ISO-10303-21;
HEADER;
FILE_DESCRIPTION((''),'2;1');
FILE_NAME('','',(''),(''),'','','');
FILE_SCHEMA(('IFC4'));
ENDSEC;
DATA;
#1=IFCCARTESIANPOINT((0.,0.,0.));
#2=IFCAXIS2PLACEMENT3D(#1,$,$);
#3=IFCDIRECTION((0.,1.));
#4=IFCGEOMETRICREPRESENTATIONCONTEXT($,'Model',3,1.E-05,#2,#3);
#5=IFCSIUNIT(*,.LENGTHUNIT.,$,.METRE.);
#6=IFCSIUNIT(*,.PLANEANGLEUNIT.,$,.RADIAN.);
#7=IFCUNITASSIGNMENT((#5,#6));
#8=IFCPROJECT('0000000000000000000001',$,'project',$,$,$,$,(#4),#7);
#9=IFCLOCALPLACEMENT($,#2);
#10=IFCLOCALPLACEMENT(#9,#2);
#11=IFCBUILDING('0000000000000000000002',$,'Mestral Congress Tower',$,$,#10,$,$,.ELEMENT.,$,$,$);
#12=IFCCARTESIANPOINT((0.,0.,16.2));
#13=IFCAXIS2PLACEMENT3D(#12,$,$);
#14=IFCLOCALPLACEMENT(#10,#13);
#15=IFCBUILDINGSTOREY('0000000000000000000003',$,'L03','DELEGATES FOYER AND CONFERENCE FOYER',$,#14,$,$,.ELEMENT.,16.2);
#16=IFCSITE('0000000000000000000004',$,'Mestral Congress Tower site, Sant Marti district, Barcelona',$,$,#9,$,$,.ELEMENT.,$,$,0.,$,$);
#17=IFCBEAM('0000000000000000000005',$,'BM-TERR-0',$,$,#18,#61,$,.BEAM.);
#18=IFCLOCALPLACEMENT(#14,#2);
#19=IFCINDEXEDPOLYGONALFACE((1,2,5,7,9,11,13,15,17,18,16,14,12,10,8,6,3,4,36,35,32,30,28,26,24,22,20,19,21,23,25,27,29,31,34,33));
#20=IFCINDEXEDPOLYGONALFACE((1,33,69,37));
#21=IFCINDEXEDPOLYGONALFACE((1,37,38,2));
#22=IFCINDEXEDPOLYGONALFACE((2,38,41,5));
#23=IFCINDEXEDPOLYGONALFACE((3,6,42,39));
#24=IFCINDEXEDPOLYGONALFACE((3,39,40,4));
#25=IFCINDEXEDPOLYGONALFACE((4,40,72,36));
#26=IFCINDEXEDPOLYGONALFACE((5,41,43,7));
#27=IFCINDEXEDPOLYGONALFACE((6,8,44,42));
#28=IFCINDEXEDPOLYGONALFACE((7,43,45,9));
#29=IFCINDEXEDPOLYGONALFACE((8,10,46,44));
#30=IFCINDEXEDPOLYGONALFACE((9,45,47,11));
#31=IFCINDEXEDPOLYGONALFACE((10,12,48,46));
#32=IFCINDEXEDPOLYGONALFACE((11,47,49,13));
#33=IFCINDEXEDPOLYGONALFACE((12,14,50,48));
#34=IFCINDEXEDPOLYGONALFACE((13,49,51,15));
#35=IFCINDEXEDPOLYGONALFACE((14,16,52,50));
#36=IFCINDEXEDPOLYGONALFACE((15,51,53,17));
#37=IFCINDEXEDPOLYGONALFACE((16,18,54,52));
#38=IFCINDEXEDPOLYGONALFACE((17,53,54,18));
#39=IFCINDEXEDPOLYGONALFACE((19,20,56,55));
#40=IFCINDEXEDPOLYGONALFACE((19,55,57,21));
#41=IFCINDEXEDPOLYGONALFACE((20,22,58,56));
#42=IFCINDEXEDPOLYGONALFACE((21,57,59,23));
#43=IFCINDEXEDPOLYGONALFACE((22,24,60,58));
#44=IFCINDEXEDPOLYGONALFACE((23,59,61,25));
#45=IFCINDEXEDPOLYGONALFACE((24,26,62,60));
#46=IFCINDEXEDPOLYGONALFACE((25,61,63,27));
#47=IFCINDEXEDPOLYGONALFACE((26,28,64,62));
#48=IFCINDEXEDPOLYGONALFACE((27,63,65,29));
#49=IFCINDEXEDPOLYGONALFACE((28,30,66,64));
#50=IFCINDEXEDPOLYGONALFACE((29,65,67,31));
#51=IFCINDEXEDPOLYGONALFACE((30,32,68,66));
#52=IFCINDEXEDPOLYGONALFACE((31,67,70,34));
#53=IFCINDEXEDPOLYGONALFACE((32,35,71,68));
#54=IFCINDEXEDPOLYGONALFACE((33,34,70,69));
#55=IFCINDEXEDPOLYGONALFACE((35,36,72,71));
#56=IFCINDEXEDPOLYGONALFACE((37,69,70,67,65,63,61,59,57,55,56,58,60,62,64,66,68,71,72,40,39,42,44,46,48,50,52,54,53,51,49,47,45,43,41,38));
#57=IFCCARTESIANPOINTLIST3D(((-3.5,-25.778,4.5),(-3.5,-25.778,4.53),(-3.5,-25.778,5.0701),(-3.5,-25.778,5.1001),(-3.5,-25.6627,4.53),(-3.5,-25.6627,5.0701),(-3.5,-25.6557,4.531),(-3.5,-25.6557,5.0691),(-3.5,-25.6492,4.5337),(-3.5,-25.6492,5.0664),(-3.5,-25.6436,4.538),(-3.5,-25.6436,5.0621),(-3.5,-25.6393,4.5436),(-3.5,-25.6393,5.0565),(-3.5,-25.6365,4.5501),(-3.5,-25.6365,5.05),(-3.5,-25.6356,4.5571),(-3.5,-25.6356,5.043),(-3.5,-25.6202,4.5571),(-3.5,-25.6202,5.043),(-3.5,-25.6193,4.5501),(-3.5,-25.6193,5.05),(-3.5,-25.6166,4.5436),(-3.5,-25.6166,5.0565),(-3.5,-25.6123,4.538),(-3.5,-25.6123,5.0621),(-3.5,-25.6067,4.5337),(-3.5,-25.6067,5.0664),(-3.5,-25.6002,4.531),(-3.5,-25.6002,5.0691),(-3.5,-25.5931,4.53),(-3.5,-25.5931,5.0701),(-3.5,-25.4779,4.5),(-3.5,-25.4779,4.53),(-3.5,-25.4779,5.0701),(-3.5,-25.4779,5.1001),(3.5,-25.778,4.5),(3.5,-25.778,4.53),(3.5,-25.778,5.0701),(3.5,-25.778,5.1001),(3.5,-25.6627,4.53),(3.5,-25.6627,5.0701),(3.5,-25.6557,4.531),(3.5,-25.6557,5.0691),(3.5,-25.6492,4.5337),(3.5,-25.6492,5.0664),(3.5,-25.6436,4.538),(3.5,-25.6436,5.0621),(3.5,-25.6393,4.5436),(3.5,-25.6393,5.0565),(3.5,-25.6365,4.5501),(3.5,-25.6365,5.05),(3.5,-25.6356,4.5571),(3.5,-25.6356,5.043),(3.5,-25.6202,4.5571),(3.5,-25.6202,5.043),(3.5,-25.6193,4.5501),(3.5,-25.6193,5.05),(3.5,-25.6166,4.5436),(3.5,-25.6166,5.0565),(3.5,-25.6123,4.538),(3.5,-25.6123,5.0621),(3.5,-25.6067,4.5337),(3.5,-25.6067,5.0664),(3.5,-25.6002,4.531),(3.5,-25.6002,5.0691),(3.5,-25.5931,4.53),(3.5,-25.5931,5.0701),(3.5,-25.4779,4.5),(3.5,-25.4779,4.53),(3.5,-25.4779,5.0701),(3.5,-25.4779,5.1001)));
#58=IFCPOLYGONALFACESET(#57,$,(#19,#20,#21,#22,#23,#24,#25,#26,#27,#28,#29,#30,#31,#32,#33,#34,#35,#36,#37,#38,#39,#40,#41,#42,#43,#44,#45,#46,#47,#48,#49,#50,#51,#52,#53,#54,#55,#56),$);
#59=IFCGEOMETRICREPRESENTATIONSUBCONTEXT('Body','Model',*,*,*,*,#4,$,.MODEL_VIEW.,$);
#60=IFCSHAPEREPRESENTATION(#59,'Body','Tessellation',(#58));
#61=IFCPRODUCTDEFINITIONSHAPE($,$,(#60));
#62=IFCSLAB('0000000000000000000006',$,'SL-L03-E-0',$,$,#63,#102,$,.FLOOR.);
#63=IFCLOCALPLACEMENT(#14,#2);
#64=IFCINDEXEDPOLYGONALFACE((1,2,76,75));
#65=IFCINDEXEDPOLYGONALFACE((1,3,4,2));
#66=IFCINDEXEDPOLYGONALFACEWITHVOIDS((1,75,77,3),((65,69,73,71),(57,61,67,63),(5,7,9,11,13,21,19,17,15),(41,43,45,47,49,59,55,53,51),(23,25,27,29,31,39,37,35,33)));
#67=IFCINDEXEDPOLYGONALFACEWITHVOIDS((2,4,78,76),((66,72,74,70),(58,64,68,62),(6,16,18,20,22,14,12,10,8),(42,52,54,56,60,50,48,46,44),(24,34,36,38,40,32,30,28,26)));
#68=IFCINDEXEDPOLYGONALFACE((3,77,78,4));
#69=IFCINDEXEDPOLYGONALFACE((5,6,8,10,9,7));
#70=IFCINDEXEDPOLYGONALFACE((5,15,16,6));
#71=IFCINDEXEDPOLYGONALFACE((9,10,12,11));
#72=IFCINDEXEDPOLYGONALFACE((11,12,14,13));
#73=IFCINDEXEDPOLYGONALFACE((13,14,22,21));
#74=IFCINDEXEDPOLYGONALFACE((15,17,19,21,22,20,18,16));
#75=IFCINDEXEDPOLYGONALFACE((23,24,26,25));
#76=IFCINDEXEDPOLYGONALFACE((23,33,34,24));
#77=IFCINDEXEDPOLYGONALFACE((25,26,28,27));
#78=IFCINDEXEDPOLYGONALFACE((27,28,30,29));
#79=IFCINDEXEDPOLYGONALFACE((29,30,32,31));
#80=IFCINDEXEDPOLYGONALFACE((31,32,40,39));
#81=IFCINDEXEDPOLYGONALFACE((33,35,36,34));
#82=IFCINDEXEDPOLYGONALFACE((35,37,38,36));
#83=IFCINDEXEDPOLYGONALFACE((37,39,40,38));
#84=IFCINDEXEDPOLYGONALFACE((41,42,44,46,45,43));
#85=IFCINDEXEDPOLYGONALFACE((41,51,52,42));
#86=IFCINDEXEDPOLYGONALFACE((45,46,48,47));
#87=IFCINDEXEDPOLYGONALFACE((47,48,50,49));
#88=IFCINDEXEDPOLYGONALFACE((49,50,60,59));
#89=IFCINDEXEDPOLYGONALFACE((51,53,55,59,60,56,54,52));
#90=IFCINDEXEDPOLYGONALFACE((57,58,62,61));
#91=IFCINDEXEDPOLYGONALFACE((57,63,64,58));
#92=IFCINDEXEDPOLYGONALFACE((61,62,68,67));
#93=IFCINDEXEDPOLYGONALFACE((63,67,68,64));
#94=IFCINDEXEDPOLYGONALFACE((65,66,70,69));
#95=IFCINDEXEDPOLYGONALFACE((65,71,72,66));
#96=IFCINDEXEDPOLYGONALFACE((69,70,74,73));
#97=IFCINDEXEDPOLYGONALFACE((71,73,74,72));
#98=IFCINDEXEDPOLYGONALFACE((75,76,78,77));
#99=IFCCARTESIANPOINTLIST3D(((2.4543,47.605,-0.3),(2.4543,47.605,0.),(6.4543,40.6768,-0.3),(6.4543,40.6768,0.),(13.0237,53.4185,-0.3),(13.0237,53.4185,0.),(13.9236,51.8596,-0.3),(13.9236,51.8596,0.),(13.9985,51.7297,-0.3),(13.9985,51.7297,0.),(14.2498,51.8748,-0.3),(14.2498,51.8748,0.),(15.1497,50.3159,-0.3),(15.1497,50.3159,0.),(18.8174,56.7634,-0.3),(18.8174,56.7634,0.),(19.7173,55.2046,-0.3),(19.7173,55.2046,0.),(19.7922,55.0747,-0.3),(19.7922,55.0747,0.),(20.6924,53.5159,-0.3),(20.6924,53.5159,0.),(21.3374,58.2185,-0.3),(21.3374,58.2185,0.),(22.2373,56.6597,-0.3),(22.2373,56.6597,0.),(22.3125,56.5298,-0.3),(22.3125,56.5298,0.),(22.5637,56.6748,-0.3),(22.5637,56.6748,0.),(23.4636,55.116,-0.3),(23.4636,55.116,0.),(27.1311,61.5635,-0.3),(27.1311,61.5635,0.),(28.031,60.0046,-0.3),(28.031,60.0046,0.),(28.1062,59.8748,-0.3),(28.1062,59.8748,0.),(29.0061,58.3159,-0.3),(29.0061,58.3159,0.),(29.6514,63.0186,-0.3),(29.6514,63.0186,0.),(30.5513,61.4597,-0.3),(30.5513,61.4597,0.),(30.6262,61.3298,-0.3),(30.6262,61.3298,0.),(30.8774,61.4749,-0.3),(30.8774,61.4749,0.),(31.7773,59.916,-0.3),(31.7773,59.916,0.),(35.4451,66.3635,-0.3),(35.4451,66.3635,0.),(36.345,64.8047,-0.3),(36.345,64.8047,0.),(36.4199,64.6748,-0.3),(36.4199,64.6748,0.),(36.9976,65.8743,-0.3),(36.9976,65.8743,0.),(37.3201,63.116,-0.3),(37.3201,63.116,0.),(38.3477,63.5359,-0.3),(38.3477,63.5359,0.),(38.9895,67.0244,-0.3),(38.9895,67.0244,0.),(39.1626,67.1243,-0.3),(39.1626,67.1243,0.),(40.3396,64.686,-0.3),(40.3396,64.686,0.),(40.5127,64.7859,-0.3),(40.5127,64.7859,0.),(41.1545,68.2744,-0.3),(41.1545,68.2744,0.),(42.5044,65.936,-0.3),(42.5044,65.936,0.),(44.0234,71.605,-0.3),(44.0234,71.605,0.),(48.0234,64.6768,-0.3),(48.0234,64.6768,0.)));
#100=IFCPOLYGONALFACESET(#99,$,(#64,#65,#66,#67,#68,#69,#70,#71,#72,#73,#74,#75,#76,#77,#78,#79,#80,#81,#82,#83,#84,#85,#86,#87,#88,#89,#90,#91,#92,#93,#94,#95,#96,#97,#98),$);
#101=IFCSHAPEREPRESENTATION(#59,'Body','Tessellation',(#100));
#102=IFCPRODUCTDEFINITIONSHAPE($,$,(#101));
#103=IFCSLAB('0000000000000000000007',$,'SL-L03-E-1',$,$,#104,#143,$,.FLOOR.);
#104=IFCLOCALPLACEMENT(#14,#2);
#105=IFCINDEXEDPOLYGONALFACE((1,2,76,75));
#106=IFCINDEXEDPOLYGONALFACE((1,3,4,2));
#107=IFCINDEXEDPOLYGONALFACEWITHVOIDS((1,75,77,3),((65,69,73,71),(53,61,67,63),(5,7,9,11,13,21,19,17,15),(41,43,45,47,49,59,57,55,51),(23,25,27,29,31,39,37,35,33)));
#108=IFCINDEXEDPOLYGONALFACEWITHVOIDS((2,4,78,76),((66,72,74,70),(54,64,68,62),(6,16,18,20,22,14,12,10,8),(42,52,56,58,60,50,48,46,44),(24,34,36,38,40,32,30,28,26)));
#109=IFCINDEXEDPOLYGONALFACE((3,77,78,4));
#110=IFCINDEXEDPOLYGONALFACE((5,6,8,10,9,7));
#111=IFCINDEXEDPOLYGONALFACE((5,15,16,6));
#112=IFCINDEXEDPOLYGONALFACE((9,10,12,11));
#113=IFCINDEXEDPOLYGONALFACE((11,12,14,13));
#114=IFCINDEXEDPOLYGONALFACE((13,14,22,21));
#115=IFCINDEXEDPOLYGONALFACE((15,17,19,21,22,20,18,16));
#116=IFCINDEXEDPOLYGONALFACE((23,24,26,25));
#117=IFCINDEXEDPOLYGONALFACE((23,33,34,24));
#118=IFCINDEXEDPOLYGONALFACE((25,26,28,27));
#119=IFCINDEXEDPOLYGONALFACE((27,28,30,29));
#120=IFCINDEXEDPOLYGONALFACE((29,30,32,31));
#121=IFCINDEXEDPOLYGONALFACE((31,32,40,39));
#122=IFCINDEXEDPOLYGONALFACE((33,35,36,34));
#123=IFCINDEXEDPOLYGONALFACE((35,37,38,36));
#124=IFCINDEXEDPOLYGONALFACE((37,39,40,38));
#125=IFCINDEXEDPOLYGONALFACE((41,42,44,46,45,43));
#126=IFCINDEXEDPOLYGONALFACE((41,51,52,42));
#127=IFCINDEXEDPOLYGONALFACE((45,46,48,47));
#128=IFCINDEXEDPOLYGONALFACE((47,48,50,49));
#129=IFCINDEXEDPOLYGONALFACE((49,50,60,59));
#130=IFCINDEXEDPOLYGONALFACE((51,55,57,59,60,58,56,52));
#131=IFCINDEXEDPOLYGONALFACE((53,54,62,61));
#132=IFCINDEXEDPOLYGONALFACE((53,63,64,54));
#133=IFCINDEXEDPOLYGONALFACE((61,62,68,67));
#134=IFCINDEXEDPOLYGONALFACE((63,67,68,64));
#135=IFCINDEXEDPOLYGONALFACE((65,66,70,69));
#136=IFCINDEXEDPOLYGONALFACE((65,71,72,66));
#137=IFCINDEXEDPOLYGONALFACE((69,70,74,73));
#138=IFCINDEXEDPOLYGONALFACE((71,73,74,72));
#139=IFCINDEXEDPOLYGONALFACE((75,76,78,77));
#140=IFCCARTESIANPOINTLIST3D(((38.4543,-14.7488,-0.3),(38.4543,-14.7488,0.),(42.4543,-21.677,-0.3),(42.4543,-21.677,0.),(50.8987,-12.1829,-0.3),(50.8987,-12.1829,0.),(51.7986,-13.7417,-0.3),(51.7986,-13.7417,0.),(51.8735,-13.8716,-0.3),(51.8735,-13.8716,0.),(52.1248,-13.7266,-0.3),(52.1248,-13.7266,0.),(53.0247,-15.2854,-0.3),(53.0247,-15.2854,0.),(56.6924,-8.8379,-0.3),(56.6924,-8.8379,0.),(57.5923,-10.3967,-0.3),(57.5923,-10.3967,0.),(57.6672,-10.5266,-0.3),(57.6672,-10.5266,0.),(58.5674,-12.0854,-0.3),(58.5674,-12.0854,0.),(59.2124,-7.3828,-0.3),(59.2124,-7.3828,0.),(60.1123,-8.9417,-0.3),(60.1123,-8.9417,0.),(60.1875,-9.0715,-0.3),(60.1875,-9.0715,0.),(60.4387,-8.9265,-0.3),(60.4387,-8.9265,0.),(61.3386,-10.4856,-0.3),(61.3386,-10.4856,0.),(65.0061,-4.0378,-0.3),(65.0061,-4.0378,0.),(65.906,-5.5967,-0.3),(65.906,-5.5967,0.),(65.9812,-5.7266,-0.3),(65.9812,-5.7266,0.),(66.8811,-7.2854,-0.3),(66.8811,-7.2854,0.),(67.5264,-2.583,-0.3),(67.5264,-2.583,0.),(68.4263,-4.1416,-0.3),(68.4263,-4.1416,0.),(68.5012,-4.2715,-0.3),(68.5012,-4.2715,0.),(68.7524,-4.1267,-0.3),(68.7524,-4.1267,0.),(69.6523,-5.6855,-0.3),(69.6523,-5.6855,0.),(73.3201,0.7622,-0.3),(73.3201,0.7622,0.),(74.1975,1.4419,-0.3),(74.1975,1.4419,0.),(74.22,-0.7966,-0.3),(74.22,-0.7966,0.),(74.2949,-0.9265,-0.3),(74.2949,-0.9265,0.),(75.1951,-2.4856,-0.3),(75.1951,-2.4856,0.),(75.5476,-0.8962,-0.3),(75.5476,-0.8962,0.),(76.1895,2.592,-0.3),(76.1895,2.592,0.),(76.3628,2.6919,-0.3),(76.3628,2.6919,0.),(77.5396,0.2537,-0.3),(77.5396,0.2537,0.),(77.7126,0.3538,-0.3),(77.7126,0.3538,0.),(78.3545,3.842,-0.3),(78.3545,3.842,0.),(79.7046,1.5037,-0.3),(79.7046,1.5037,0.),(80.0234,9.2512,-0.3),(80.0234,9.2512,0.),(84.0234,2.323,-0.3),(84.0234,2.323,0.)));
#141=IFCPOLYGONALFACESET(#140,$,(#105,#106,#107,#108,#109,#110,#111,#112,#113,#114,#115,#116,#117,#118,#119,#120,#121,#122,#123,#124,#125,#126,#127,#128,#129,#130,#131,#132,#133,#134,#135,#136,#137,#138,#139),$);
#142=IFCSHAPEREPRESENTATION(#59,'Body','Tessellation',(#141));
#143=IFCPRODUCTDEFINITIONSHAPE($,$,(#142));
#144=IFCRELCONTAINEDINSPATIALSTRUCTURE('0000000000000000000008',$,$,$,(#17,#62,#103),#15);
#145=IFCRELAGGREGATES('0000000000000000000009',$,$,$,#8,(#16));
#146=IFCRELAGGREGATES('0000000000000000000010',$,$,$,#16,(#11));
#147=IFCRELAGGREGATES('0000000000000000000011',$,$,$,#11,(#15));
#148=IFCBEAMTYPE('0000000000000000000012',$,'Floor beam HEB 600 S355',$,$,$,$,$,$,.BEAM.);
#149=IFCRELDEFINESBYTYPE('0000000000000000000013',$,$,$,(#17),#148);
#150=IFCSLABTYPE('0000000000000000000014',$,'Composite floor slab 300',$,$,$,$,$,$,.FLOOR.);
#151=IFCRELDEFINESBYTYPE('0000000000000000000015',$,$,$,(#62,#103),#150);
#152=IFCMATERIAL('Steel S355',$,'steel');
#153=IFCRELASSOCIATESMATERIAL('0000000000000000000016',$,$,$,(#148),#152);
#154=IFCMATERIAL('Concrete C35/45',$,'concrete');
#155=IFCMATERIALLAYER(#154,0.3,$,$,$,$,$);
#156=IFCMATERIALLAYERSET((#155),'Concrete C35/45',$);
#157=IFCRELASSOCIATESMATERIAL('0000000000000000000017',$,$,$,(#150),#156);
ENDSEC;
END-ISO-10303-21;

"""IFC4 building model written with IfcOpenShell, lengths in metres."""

from ifc_helpers import new_model, si_unit, direction, frame, origin, origin_2d, place, context, subcontext, project, spatial, polyline, i_section, outline, extrude, material, layer, layer_set, material_profile, profile_set, type_object, element, save


model = new_model("IFC4")

# Units and contexts
model_context = context("Model", 3, precision=1e-05, world=origin(), true_north=direction((0.0, 1.0)))
body_context = subcontext(model_context, "Body", "Model", "MODEL_VIEW")
ifc_project = project(units=[si_unit("LENGTHUNIT", "METRE"), si_unit("PLANEANGLEUNIT", "RADIAN")], contexts=[model_context])

# Site, building, storey
site_placement = place(None, origin())
site = spatial("IfcSite", under=ifc_project, at=site_placement, Name="Mestral Congress Tower site, Sant Marti district, Barcelona", CompositionType="ELEMENT", RefElevation=0.0)
building_placement = place(site_placement, origin())
building = spatial("IfcBuilding", under=site, at=building_placement, Name="Mestral Congress Tower", CompositionType="ELEMENT")
storey_placement = place(building_placement, frame((0.0, 0.0, 16.2)))
storey = spatial("IfcBuildingStorey", under=building, at=storey_placement, Name="L03", Description="DELEGATES FOYER AND CONFERENCE FOYER", CompositionType="ELEMENT", Elevation=16.2)

# Beam
ifc_material_1 = material(Name="Steel S355", Category="steel")
ifc_material_profile = material_profile(ifc_material_1, i_section(OverallWidth=0.3, OverallDepth=0.6001, WebThickness=0.0154, FlangeThickness=0.03, FilletRadius=0.0271, at=origin_2d()), Name="HEB 600")
ifc_profile_set = profile_set([ifc_material_profile], Name="Steel S355")
beam_type = type_object("IfcBeamType", Name="Floor beam HEB 600 S355", PredefinedType="BEAM", material=ifc_profile_set)
beam_placement = place(storey_placement, frame((-3.5, -25.6279, 4.8), z_axis=(1.0, 0.0, 0.0), x_axis=(0.0, 1.0, 0.0)))
element("IfcBeam", 1, at=beam_placement, inside=storey, type_object=beam_type, Name="BM-TERR-0", PredefinedType="BEAM", context=body_context, shape_type="SweptSolid", body=[
    extrude(i_section(OverallWidth=0.3, OverallDepth=0.6001, WebThickness=0.0154, FlangeThickness=0.03, FilletRadius=0.0271, at=origin_2d()), origin(), (0.0, 0.0, 1.0), 7.0),
])

# Slabs
ifc_material_2 = material(Name="Concrete C35/45", Category="concrete")
ifc_layer_1 = layer(ifc_material_2, 0.3)
ifc_layer_set_1 = layer_set([ifc_layer_1], Name="Concrete C35/45")
slab_type_1 = type_object("IfcSlabType", Name="Composite floor slab 300", PredefinedType="FLOOR", material=ifc_layer_set_1)
placement_1 = place(storey_placement, frame((0.0, 0.0, -0.3)))
element("IfcSlab", 2, at=placement_1, inside=storey, type_object=slab_type_1, Name="SL-L03-E-0", PredefinedType="FLOOR", context=body_context, shape_type="SweptSolid", body=[
    extrude(outline(polyline([(44.0234, 71.605), (2.4543, 47.605), (6.4543, 40.6768), (48.0234, 64.6768), (44.0234, 71.605)]), holes=[polyline([(13.9236, 51.8596), (13.0237, 53.4185), (18.8174, 56.7634), (19.7173, 55.2046), (19.7922, 55.0747), (20.6924, 53.5159), (15.1497, 50.3159), (14.2498, 51.8748), (13.9985, 51.7297), (13.9236, 51.8596)]), polyline([(22.2373, 56.6597), (21.3374, 58.2185), (27.1311, 61.5635), (28.031, 60.0046), (28.1062, 59.8748), (29.0061, 58.3159), (23.4636, 55.116), (22.5637, 56.6748), (22.3125, 56.5298), (22.2373, 56.6597)]), polyline([(29.6514, 63.0186), (35.4451, 66.3635), (36.345, 64.8047), (36.4199, 64.6748), (37.3201, 63.116), (31.7773, 59.916), (30.8774, 61.4749), (30.6262, 61.3298), (30.5513, 61.4597), (29.6514, 63.0186)]), polyline([(38.9895, 67.0244), (40.3396, 64.686), (38.3477, 63.5359), (36.9976, 65.8743), (38.9895, 67.0244)]), polyline([(41.1545, 68.2744), (42.5044, 65.936), (40.5127, 64.7859), (39.1626, 67.1243), (41.1545, 68.2744)])]), origin(), (0.0, 0.0, 1.0), 0.3),
])
element("IfcSlab", 3, at=placement_1, inside=storey, type_object=slab_type_1, Name="SL-L03-E-1", PredefinedType="FLOOR", context=body_context, shape_type="SweptSolid", body=[
    extrude(outline(polyline([(42.4543, -21.677), (84.0234, 2.323), (80.0234, 9.2512), (38.4543, -14.7488), (42.4543, -21.677)]), holes=[polyline([(50.8987, -12.1829), (56.6924, -8.8379), (57.5923, -10.3967), (57.6672, -10.5266), (58.5674, -12.0854), (53.0247, -15.2854), (52.1248, -13.7266), (51.8735, -13.8716), (51.7986, -13.7417), (50.8987, -12.1829)]), polyline([(59.2124, -7.3828), (65.0061, -4.0378), (65.906, -5.5967), (65.9812, -5.7266), (66.8811, -7.2854), (61.3386, -10.4856), (60.4387, -8.9265), (60.1875, -9.0715), (60.1123, -8.9417), (59.2124, -7.3828)]), polyline([(68.4263, -4.1416), (67.5264, -2.583), (73.3201, 0.7622), (74.22, -0.7966), (74.2949, -0.9265), (75.1951, -2.4856), (69.6523, -5.6855), (68.7524, -4.1267), (68.5012, -4.2715), (68.4263, -4.1416)]), polyline([(76.1895, 2.592), (77.5396, 0.2537), (75.5476, -0.8962), (74.1975, 1.4419), (76.1895, 2.592)]), polyline([(79.7046, 1.5037), (77.7126, 0.3538), (76.3628, 2.6919), (78.3545, 3.842), (79.7046, 1.5037)])]), origin(), (0.0, 0.0, 1.0), 0.3),
])

save(model, "model.ifc")
